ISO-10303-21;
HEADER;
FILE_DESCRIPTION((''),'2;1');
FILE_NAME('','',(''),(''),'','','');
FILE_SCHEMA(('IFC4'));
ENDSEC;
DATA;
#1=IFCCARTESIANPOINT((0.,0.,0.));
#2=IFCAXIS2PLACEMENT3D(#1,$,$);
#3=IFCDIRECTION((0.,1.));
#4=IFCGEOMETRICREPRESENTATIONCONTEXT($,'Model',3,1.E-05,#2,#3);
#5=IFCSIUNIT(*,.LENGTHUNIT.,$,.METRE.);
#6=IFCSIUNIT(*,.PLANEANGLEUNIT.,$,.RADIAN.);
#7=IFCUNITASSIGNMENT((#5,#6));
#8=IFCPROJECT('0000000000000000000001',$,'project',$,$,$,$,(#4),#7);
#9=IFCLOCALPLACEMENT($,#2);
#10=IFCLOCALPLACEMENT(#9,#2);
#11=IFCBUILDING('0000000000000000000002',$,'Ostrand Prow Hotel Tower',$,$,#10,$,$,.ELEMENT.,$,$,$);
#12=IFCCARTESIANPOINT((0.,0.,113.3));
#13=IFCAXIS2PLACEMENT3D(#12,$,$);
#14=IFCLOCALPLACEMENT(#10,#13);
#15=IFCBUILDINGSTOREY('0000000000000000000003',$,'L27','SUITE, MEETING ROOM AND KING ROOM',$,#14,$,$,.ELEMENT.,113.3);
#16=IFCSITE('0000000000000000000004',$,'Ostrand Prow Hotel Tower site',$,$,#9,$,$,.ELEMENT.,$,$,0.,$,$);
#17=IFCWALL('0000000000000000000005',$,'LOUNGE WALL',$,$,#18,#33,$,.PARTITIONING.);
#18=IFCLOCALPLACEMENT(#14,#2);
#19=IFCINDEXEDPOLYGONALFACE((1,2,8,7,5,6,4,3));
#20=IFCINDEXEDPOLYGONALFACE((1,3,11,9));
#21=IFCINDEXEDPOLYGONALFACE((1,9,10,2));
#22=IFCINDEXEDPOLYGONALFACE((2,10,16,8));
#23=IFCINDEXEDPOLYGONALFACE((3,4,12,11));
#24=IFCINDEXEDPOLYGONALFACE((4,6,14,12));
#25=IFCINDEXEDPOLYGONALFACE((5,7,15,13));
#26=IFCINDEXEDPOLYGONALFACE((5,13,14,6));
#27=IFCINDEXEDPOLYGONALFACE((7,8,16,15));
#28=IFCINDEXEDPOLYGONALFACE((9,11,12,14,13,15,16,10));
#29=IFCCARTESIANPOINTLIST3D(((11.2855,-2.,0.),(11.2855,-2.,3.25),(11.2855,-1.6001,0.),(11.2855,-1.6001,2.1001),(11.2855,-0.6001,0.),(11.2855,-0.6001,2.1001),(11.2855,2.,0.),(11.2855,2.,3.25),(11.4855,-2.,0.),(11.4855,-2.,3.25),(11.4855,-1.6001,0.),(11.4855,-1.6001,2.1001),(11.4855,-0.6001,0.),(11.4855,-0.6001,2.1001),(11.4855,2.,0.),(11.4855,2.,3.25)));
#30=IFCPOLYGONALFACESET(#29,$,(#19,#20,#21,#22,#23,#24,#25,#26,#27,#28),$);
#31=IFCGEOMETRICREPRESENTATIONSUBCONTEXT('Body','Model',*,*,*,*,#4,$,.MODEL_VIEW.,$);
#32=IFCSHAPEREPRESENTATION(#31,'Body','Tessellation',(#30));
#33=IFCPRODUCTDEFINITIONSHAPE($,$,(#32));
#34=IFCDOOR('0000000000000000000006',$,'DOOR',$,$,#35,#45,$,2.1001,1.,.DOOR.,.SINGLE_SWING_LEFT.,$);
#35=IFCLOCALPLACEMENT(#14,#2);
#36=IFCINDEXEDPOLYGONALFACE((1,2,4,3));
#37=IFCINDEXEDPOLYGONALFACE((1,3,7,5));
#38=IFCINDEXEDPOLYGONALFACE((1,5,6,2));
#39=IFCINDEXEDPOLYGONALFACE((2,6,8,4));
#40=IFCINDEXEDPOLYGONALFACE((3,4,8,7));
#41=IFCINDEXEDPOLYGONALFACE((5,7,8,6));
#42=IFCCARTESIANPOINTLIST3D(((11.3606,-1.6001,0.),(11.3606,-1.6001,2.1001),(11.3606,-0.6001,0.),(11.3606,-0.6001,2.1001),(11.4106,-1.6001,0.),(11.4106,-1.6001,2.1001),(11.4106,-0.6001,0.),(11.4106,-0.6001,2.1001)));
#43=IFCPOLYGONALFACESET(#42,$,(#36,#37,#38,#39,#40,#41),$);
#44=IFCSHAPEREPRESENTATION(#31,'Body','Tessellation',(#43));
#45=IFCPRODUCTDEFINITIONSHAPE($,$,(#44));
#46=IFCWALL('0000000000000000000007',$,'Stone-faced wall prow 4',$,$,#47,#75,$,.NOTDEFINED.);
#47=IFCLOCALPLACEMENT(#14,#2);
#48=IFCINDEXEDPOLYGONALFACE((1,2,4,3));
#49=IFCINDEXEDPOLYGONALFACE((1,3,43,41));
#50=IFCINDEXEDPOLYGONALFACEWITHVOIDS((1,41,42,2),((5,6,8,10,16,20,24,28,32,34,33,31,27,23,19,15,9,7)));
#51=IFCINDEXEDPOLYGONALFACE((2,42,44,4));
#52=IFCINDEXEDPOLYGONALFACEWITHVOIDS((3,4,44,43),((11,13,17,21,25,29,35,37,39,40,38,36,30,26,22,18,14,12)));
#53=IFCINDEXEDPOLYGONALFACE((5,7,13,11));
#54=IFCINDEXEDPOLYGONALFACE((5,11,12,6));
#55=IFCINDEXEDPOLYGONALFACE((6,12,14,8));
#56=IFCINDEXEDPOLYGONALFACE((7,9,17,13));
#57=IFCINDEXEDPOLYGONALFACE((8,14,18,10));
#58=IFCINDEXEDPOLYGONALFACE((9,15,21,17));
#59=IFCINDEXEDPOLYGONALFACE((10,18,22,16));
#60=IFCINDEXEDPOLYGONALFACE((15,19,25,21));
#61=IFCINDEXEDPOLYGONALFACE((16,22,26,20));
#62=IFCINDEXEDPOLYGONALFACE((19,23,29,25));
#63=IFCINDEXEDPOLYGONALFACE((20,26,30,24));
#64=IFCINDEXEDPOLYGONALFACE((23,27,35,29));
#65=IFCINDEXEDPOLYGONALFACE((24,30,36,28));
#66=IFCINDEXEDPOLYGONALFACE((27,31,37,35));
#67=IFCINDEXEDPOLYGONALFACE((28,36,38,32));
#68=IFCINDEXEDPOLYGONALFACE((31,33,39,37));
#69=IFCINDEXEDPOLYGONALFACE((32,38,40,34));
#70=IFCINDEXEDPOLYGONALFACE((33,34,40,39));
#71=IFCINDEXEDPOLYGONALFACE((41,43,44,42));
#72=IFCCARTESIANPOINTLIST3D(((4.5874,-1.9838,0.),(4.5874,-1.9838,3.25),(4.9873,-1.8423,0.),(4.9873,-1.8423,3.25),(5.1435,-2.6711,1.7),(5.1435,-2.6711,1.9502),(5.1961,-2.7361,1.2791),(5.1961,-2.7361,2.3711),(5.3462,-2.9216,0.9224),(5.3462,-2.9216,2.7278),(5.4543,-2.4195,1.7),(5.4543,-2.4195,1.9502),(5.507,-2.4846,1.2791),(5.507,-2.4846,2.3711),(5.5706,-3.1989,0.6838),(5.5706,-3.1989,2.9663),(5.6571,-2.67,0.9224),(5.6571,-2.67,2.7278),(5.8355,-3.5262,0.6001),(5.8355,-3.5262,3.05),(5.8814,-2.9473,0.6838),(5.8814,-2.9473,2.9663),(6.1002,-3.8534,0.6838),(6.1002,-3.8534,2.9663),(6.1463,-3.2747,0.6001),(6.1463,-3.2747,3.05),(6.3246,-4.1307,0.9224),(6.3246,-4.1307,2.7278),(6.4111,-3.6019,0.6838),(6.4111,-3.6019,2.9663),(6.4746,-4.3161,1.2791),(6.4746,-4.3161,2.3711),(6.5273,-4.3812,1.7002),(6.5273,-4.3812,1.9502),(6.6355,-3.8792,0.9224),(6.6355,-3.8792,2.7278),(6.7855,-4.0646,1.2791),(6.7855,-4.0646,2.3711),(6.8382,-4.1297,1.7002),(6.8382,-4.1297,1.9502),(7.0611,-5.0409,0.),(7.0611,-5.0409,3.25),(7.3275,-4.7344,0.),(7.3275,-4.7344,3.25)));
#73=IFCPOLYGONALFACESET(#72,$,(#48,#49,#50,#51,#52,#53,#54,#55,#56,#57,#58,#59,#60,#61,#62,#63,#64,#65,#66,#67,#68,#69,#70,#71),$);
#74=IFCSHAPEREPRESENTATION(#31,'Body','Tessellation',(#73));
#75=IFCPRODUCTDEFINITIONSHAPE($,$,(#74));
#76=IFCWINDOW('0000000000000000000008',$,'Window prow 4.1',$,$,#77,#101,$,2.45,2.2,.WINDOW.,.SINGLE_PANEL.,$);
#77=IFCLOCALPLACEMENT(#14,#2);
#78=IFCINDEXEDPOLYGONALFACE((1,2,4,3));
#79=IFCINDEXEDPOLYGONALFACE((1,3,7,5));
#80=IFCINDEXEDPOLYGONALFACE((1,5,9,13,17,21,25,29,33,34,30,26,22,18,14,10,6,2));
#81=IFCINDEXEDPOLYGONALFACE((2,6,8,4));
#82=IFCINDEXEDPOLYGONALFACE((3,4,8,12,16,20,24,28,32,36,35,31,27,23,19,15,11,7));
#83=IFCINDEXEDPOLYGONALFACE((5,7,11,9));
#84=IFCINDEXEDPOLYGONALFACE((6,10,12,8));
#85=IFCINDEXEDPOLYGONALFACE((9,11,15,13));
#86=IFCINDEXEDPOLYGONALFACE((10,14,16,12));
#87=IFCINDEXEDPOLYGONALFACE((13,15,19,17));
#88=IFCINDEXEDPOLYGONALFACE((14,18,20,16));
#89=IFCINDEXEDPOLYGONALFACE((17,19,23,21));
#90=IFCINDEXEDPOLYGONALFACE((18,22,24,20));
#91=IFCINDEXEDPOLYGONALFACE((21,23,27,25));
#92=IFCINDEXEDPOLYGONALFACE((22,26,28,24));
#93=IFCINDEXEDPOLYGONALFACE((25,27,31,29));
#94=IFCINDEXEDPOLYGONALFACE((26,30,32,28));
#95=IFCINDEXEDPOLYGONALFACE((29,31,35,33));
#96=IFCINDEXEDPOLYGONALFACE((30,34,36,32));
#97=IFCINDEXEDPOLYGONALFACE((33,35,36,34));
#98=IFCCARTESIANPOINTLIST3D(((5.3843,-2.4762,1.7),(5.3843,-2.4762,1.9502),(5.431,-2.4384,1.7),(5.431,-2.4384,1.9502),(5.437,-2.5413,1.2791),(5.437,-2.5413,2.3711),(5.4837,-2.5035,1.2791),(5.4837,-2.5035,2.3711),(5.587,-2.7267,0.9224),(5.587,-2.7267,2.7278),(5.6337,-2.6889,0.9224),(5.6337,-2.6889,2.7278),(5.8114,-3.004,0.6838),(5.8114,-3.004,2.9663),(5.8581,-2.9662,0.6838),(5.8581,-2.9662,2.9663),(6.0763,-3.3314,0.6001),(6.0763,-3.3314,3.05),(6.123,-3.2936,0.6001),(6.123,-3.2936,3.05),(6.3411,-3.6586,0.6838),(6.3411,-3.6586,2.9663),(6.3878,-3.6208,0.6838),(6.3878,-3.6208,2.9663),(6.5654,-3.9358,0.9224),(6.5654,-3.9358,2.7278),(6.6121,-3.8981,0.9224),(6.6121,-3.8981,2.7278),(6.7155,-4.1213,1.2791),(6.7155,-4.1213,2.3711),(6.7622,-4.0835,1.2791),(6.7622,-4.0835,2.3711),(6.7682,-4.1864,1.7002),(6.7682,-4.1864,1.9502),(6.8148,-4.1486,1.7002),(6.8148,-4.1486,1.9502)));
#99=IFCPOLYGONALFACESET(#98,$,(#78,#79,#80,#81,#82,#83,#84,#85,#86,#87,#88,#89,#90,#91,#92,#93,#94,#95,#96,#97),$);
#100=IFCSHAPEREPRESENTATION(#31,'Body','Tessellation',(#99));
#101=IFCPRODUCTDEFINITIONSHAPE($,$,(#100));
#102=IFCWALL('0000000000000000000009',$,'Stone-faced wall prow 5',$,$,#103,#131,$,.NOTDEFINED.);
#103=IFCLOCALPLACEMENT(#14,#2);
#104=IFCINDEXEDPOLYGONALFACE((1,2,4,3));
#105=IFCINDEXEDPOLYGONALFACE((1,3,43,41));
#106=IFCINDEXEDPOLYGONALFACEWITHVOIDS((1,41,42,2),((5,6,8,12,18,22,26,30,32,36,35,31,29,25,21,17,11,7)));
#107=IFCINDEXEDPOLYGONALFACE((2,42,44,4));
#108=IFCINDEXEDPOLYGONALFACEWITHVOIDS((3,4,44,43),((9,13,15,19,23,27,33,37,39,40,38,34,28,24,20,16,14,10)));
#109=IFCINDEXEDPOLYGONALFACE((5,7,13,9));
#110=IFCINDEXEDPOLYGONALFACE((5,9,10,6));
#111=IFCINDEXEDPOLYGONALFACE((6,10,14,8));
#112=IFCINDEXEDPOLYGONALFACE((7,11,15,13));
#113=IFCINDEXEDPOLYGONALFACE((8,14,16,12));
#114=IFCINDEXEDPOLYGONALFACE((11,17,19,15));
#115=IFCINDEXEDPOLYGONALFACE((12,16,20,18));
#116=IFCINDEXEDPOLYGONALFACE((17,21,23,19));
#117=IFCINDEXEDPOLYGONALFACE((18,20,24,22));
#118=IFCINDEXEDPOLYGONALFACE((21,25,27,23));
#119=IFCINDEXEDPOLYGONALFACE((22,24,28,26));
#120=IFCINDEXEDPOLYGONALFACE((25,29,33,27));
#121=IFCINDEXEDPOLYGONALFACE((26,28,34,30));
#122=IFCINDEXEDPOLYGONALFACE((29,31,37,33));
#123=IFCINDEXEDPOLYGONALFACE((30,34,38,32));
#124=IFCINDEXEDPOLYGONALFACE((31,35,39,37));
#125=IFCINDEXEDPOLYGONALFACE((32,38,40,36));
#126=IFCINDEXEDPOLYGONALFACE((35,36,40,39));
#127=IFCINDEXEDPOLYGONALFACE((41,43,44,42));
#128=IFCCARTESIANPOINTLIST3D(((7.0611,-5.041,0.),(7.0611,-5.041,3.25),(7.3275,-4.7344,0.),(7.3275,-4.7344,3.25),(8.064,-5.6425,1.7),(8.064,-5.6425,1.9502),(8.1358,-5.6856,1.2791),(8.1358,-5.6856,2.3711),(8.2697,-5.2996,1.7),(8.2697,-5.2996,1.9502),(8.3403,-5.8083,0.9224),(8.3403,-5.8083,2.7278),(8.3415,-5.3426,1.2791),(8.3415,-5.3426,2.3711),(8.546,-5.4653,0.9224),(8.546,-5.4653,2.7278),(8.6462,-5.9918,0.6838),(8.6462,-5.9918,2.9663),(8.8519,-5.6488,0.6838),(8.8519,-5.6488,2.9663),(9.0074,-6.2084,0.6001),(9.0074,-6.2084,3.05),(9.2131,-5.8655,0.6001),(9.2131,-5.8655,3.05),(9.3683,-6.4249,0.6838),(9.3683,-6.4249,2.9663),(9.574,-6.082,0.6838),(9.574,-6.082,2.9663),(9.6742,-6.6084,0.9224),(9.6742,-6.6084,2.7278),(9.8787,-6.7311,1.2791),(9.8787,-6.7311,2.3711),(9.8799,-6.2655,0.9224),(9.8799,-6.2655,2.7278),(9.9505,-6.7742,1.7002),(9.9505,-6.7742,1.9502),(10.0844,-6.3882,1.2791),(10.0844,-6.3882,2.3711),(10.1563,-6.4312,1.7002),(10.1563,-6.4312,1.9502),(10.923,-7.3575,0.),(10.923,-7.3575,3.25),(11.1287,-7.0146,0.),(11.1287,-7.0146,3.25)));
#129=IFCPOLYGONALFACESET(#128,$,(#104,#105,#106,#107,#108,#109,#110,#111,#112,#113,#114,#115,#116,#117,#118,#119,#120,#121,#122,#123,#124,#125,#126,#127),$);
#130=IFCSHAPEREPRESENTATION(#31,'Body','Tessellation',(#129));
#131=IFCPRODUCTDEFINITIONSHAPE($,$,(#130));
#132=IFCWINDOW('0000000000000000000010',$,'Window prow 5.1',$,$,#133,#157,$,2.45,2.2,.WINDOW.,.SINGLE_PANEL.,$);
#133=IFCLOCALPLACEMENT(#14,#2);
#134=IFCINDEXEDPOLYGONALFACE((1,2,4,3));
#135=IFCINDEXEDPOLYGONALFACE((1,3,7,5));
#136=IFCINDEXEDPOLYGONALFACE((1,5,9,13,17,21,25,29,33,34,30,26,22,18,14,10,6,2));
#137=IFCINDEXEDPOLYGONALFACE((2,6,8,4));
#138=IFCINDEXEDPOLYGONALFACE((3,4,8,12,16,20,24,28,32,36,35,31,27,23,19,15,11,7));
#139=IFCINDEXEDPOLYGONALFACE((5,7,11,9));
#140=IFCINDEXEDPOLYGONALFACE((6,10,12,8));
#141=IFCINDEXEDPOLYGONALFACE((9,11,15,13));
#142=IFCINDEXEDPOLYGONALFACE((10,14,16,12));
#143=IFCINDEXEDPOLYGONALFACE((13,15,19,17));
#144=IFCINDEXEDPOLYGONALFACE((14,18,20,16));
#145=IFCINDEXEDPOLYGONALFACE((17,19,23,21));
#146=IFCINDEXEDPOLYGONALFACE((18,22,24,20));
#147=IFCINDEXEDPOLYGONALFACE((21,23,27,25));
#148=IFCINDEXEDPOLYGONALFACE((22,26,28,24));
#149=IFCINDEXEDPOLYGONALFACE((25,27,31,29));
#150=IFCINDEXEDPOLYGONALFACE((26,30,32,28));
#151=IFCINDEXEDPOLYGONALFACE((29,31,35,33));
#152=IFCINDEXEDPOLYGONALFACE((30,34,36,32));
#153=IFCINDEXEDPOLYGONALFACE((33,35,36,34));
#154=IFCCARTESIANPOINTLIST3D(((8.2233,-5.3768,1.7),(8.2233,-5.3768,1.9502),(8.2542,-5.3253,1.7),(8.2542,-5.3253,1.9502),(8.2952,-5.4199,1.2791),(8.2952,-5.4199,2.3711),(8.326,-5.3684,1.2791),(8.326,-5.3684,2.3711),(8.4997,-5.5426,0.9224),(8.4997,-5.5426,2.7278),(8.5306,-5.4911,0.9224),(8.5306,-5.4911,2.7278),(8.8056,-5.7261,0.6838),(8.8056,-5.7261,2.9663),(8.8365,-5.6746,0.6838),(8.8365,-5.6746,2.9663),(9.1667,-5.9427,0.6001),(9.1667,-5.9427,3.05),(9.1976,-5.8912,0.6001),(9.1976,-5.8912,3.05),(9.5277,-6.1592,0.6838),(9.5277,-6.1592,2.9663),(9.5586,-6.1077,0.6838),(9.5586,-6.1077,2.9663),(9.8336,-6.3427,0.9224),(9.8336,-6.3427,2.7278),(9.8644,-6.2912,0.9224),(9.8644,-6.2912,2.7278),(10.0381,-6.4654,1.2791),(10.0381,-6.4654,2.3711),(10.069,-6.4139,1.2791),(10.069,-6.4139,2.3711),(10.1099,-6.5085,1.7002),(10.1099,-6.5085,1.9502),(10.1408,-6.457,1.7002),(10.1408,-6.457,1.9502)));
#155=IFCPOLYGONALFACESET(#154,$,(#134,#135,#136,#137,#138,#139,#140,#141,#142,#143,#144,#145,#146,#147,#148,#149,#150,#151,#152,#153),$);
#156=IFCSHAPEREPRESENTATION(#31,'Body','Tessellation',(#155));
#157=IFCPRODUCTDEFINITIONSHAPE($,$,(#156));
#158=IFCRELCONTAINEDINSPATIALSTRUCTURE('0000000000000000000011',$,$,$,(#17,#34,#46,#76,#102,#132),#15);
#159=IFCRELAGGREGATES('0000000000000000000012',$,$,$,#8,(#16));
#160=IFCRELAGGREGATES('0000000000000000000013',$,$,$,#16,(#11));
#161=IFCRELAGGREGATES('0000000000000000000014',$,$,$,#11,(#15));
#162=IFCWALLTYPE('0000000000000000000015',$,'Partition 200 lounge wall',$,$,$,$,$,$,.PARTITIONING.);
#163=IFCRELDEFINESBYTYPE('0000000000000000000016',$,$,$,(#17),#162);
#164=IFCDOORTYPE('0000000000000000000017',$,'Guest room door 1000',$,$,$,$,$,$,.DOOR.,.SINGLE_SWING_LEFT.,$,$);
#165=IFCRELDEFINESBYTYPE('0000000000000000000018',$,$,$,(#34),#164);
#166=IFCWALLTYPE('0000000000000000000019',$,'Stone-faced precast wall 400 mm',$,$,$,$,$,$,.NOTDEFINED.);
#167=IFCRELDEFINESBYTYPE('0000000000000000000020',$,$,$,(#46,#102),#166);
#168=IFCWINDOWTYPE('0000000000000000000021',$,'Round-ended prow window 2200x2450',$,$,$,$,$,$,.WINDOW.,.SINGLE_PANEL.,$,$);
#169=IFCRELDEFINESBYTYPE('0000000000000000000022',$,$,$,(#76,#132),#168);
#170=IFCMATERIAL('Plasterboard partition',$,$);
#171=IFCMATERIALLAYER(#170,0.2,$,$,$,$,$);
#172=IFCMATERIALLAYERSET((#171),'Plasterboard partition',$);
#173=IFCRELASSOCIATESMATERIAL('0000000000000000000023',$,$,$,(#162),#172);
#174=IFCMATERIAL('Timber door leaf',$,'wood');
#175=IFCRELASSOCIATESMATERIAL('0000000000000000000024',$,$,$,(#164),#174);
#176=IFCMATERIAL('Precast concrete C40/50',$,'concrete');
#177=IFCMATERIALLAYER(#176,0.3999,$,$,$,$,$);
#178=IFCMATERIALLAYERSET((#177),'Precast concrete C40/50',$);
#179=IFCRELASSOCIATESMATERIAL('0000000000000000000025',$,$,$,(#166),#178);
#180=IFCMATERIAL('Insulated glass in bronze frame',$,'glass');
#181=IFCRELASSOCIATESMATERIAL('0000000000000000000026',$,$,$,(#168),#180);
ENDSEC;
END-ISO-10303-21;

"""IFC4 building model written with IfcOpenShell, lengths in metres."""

from ifc_helpers import new_model, si_unit, direction, frame, frame_2d, origin, place, context, subcontext, project, spatial, polyline, rectangle, outline, extrude, material, layer, layer_set, type_object, element, fill, save


model = new_model("IFC4")

# Units and contexts
model_context = context("Model", 3, precision=1e-05, world=origin(), true_north=direction((0.0, 1.0)))
body_context = subcontext(model_context, "Body", "Model", "MODEL_VIEW")
ifc_project = project(units=[si_unit("LENGTHUNIT", "METRE"), si_unit("PLANEANGLEUNIT", "RADIAN")], contexts=[model_context])

# Site, building, storey
site_placement = place(None, origin())
site = spatial("IfcSite", under=ifc_project, at=site_placement, Name="Ostrand Prow Hotel Tower site", CompositionType="ELEMENT", RefElevation=0.0)
building_placement = place(site_placement, origin())
building = spatial("IfcBuilding", under=site, at=building_placement, Name="Ostrand Prow Hotel Tower", CompositionType="ELEMENT")
storey_placement = place(building_placement, frame((0.0, 0.0, 113.3)))
storey = spatial("IfcBuildingStorey", under=building, at=storey_placement, Name="L27", Description="SUITE, MEETING ROOM AND KING ROOM", CompositionType="ELEMENT", Elevation=113.3)

# Wall, opening, door
ifc_material_1 = material(Name="Plasterboard partition")
ifc_layer_1 = layer(ifc_material_1, 0.2)
ifc_layer_set_1 = layer_set([ifc_layer_1], Name="Plasterboard partition")
wall_type_1 = type_object("IfcWallType", Name="Partition 200 lounge wall", PredefinedType="PARTITIONING", material=ifc_layer_set_1)
wall_1_placement = place(storey_placement, frame((11.3855, -2.0, 0.0), z_axis=(0.0, 0.0, 1.0), x_axis=(0.0, 1.0, 0.0)))
wall_1 = element("IfcWall", 1, at=wall_1_placement, inside=storey, type_object=wall_type_1, Name="LOUNGE WALL", PredefinedType="PARTITIONING", context=body_context, shape_type="SweptSolid", body=[
    extrude(rectangle(XDim=4.0, YDim=0.2, at=frame_2d((2.0, 0.0))), origin(), (0.0, 0.0, 1.0), 3.25),
])
opening_1_placement = place(wall_1_placement, frame((0.3999, 0.0, 0.0)))
opening_1 = element("IfcOpeningElement", 2, at=opening_1_placement, cuts=wall_1, PredefinedType="OPENING", context=body_context, shape_type="SweptSolid", body=[
    extrude(rectangle(XDim=1.0, YDim=2.1001, at=frame_2d((0.5, 1.05))), frame((0.0, 0.1099, 0.0), z_axis=(0.0, -1.0, 0.0), x_axis=(1.0, 0.0, 0.0)), (0.0, 0.0, 1.0), 0.22),
])
ifc_material_2 = material(Name="Timber door leaf", Category="wood")
door_type_1 = type_object("IfcDoorType", Name="Guest room door 1000", OperationType="SINGLE_SWING_LEFT", PredefinedType="DOOR", material=ifc_material_2)
door_1_placement = place(opening_1_placement, origin())
door_1 = element("IfcDoor", 3, at=door_1_placement, inside=storey, type_object=door_type_1, Name="DOOR", OperationType="SINGLE_SWING_LEFT", OverallHeight=2.1001, OverallWidth=1.0, PredefinedType="DOOR", context=body_context, shape_type="SweptSolid", body=[
    extrude(rectangle(XDim=1.0, YDim=2.1001, at=frame_2d((0.5, 1.05))), frame((0.0, 0.0249, 0.0), z_axis=(0.0, -1.0, 0.0), x_axis=(1.0, 0.0, 0.0)), (0.0, 0.0, 1.0), 0.05),
])
fill(opening_1, door_1)

# Walls, openings, windows
ifc_material_3 = material(Name="Precast concrete C40/50", Category="concrete")
ifc_layer_2 = layer(ifc_material_3, 0.3999)
ifc_layer_set_2 = layer_set([ifc_layer_2], Name="Precast concrete C40/50")
wall_type_2 = type_object("IfcWallType", Name="Stone-faced precast wall 400 mm", PredefinedType="NOTDEFINED", material=ifc_layer_set_2)
wall_2_placement = place(storey_placement, frame((4.7874, -1.9131, 0.0), z_axis=(0.0, 0.0, 1.0), x_axis=(0.629035, -0.777377, 0.0)))
wall_2 = element("IfcWall", 4, at=wall_2_placement, inside=storey, type_object=wall_type_2, Name="Stone-faced wall prow 4", PredefinedType="NOTDEFINED", context=body_context, shape_type="SweptSolid", body=[
    extrude(outline(polyline([(-0.0708, -0.2), (3.8618, -0.2), (3.791, 0.2), (0.0708, 0.2), (-0.0708, -0.2)])), origin(), (0.0, 0.0, 1.0), 3.25),
])
opening_2_placement = place(wall_2_placement, frame((0.8132, 0.0, 0.6001)))
opening_2 = element("IfcOpeningElement", 5, at=opening_2_placement, cuts=wall_2, PredefinedType="OPENING", context=body_context, shape_type="SweptSolid", body=[
    extrude(outline(polyline([(0.0, 1.3501), (0.0837, 1.771), (0.3223, 2.1277), (0.679, 2.3662), (1.1001, 2.45), (1.521, 2.3662), (1.8777, 2.1277), (2.1162, 1.771), (2.2, 1.3501), (2.2, 1.1001), (2.1162, 0.679), (1.8777, 0.3223), (1.521, 0.0837), (1.1001, 0.0), (0.679, 0.0837), (0.3223, 0.3223), (0.0837, 0.679), (0.0, 1.0999), (0.0, 1.3501)])), frame((0.0, 0.21, 0.0), z_axis=(0.0, -1.0, 0.0), x_axis=(1.0, 0.0, 0.0)), (0.0, 0.0, 1.0), 0.4199),
])
ifc_material_4 = material(Name="Insulated glass in bronze frame", Category="glass")
window_type = type_object("IfcWindowType", Name="Round-ended prow window 2200x2450", PartitioningType="SINGLE_PANEL", PredefinedType="WINDOW", material=ifc_material_4)
window_1_placement = place(opening_2_placement, origin())
window_1 = element("IfcWindow", 6, at=window_1_placement, inside=storey, type_object=window_type, Name="Window prow 4.1", OverallHeight=2.45, OverallWidth=2.2, PartitioningType="SINGLE_PANEL", PredefinedType="WINDOW", context=body_context, shape_type="SweptSolid", body=[
    extrude(outline(polyline([(0.0, 1.3501), (0.0837, 1.771), (0.3223, 2.1277), (0.679, 2.3662), (1.1001, 2.45), (1.521, 2.3662), (1.8777, 2.1277), (2.1162, 1.771), (2.2, 1.3501), (2.2, 1.1001), (2.1162, 0.679), (1.8777, 0.3223), (1.521, 0.0837), (1.1001, 0.0), (0.679, 0.0837), (0.3223, 0.3223), (0.0837, 0.679), (0.0, 1.0999), (0.0, 1.3501)])), frame((0.0, 0.1699, 0.0), z_axis=(0.0, -1.0, 0.0), x_axis=(1.0, 0.0, 0.0)), (0.0, 0.0, 1.0), 0.0601),
])
fill(opening_2, window_1)
wall_3_placement = place(storey_placement, frame((7.1943, -4.8877, 0.0), z_axis=(0.0, 0.0, 1.0), x_axis=(0.857551, -0.514399, 0.0)))
wall_3 = element("IfcWall", 7, at=wall_3_placement, inside=storey, type_object=wall_type_2, Name="Stone-faced wall prow 5", PredefinedType="NOTDEFINED", context=body_context, shape_type="SweptSolid", body=[
    extrude(outline(polyline([(-0.0354, -0.2), (4.468, -0.2), (4.468, 0.2), (0.0354, 0.2), (-0.0354, -0.2)])), origin(), (0.0, 0.0, 1.0), 3.25),
])
opening_3_placement = place(wall_3_placement, frame((1.134, 0.0, 0.6001)))
opening_3 = element("IfcOpeningElement", 8, at=opening_3_placement, cuts=wall_3, PredefinedType="OPENING", context=body_context, shape_type="SweptSolid", body=[
    extrude(outline(polyline([(0.0, 1.3501), (0.0837, 1.771), (0.3223, 2.1277), (0.679, 2.3662), (1.1001, 2.45), (1.521, 2.3662), (1.8777, 2.1277), (2.1162, 1.771), (2.2, 1.3501), (2.2, 1.1001), (2.1162, 0.679), (1.8777, 0.3223), (1.521, 0.0837), (1.1001, 0.0), (0.679, 0.0837), (0.3223, 0.3223), (0.0837, 0.679), (0.0, 1.0999), (0.0, 1.3501)])), frame((0.0, 0.21, 0.0), z_axis=(0.0, -1.0, 0.0), x_axis=(1.0, 0.0, 0.0)), (0.0, 0.0, 1.0), 0.4199),
])
window_2_placement = place(opening_3_placement, origin())
window_2 = element("IfcWindow", 9, at=window_2_placement, inside=storey, type_object=window_type, Name="Window prow 5.1", OverallHeight=2.45, OverallWidth=2.2, PartitioningType="SINGLE_PANEL", PredefinedType="WINDOW", context=body_context, shape_type="SweptSolid", body=[
    extrude(outline(polyline([(0.0, 1.3501), (0.0837, 1.771), (0.3223, 2.1277), (0.679, 2.3662), (1.1001, 2.45), (1.521, 2.3662), (1.8777, 2.1277), (2.1162, 1.771), (2.2, 1.3501), (2.2, 1.1001), (2.1162, 0.679), (1.8777, 0.3223), (1.521, 0.0837), (1.1001, 0.0), (0.679, 0.0837), (0.3223, 0.3223), (0.0837, 0.679), (0.0, 1.0999), (0.0, 1.3501)])), frame((0.0, 0.1699, 0.0), z_axis=(0.0, -1.0, 0.0), x_axis=(1.0, 0.0, 0.0)), (0.0, 0.0, 1.0), 0.0601),
])
fill(opening_3, window_2)

save(model, "model.ifc")
